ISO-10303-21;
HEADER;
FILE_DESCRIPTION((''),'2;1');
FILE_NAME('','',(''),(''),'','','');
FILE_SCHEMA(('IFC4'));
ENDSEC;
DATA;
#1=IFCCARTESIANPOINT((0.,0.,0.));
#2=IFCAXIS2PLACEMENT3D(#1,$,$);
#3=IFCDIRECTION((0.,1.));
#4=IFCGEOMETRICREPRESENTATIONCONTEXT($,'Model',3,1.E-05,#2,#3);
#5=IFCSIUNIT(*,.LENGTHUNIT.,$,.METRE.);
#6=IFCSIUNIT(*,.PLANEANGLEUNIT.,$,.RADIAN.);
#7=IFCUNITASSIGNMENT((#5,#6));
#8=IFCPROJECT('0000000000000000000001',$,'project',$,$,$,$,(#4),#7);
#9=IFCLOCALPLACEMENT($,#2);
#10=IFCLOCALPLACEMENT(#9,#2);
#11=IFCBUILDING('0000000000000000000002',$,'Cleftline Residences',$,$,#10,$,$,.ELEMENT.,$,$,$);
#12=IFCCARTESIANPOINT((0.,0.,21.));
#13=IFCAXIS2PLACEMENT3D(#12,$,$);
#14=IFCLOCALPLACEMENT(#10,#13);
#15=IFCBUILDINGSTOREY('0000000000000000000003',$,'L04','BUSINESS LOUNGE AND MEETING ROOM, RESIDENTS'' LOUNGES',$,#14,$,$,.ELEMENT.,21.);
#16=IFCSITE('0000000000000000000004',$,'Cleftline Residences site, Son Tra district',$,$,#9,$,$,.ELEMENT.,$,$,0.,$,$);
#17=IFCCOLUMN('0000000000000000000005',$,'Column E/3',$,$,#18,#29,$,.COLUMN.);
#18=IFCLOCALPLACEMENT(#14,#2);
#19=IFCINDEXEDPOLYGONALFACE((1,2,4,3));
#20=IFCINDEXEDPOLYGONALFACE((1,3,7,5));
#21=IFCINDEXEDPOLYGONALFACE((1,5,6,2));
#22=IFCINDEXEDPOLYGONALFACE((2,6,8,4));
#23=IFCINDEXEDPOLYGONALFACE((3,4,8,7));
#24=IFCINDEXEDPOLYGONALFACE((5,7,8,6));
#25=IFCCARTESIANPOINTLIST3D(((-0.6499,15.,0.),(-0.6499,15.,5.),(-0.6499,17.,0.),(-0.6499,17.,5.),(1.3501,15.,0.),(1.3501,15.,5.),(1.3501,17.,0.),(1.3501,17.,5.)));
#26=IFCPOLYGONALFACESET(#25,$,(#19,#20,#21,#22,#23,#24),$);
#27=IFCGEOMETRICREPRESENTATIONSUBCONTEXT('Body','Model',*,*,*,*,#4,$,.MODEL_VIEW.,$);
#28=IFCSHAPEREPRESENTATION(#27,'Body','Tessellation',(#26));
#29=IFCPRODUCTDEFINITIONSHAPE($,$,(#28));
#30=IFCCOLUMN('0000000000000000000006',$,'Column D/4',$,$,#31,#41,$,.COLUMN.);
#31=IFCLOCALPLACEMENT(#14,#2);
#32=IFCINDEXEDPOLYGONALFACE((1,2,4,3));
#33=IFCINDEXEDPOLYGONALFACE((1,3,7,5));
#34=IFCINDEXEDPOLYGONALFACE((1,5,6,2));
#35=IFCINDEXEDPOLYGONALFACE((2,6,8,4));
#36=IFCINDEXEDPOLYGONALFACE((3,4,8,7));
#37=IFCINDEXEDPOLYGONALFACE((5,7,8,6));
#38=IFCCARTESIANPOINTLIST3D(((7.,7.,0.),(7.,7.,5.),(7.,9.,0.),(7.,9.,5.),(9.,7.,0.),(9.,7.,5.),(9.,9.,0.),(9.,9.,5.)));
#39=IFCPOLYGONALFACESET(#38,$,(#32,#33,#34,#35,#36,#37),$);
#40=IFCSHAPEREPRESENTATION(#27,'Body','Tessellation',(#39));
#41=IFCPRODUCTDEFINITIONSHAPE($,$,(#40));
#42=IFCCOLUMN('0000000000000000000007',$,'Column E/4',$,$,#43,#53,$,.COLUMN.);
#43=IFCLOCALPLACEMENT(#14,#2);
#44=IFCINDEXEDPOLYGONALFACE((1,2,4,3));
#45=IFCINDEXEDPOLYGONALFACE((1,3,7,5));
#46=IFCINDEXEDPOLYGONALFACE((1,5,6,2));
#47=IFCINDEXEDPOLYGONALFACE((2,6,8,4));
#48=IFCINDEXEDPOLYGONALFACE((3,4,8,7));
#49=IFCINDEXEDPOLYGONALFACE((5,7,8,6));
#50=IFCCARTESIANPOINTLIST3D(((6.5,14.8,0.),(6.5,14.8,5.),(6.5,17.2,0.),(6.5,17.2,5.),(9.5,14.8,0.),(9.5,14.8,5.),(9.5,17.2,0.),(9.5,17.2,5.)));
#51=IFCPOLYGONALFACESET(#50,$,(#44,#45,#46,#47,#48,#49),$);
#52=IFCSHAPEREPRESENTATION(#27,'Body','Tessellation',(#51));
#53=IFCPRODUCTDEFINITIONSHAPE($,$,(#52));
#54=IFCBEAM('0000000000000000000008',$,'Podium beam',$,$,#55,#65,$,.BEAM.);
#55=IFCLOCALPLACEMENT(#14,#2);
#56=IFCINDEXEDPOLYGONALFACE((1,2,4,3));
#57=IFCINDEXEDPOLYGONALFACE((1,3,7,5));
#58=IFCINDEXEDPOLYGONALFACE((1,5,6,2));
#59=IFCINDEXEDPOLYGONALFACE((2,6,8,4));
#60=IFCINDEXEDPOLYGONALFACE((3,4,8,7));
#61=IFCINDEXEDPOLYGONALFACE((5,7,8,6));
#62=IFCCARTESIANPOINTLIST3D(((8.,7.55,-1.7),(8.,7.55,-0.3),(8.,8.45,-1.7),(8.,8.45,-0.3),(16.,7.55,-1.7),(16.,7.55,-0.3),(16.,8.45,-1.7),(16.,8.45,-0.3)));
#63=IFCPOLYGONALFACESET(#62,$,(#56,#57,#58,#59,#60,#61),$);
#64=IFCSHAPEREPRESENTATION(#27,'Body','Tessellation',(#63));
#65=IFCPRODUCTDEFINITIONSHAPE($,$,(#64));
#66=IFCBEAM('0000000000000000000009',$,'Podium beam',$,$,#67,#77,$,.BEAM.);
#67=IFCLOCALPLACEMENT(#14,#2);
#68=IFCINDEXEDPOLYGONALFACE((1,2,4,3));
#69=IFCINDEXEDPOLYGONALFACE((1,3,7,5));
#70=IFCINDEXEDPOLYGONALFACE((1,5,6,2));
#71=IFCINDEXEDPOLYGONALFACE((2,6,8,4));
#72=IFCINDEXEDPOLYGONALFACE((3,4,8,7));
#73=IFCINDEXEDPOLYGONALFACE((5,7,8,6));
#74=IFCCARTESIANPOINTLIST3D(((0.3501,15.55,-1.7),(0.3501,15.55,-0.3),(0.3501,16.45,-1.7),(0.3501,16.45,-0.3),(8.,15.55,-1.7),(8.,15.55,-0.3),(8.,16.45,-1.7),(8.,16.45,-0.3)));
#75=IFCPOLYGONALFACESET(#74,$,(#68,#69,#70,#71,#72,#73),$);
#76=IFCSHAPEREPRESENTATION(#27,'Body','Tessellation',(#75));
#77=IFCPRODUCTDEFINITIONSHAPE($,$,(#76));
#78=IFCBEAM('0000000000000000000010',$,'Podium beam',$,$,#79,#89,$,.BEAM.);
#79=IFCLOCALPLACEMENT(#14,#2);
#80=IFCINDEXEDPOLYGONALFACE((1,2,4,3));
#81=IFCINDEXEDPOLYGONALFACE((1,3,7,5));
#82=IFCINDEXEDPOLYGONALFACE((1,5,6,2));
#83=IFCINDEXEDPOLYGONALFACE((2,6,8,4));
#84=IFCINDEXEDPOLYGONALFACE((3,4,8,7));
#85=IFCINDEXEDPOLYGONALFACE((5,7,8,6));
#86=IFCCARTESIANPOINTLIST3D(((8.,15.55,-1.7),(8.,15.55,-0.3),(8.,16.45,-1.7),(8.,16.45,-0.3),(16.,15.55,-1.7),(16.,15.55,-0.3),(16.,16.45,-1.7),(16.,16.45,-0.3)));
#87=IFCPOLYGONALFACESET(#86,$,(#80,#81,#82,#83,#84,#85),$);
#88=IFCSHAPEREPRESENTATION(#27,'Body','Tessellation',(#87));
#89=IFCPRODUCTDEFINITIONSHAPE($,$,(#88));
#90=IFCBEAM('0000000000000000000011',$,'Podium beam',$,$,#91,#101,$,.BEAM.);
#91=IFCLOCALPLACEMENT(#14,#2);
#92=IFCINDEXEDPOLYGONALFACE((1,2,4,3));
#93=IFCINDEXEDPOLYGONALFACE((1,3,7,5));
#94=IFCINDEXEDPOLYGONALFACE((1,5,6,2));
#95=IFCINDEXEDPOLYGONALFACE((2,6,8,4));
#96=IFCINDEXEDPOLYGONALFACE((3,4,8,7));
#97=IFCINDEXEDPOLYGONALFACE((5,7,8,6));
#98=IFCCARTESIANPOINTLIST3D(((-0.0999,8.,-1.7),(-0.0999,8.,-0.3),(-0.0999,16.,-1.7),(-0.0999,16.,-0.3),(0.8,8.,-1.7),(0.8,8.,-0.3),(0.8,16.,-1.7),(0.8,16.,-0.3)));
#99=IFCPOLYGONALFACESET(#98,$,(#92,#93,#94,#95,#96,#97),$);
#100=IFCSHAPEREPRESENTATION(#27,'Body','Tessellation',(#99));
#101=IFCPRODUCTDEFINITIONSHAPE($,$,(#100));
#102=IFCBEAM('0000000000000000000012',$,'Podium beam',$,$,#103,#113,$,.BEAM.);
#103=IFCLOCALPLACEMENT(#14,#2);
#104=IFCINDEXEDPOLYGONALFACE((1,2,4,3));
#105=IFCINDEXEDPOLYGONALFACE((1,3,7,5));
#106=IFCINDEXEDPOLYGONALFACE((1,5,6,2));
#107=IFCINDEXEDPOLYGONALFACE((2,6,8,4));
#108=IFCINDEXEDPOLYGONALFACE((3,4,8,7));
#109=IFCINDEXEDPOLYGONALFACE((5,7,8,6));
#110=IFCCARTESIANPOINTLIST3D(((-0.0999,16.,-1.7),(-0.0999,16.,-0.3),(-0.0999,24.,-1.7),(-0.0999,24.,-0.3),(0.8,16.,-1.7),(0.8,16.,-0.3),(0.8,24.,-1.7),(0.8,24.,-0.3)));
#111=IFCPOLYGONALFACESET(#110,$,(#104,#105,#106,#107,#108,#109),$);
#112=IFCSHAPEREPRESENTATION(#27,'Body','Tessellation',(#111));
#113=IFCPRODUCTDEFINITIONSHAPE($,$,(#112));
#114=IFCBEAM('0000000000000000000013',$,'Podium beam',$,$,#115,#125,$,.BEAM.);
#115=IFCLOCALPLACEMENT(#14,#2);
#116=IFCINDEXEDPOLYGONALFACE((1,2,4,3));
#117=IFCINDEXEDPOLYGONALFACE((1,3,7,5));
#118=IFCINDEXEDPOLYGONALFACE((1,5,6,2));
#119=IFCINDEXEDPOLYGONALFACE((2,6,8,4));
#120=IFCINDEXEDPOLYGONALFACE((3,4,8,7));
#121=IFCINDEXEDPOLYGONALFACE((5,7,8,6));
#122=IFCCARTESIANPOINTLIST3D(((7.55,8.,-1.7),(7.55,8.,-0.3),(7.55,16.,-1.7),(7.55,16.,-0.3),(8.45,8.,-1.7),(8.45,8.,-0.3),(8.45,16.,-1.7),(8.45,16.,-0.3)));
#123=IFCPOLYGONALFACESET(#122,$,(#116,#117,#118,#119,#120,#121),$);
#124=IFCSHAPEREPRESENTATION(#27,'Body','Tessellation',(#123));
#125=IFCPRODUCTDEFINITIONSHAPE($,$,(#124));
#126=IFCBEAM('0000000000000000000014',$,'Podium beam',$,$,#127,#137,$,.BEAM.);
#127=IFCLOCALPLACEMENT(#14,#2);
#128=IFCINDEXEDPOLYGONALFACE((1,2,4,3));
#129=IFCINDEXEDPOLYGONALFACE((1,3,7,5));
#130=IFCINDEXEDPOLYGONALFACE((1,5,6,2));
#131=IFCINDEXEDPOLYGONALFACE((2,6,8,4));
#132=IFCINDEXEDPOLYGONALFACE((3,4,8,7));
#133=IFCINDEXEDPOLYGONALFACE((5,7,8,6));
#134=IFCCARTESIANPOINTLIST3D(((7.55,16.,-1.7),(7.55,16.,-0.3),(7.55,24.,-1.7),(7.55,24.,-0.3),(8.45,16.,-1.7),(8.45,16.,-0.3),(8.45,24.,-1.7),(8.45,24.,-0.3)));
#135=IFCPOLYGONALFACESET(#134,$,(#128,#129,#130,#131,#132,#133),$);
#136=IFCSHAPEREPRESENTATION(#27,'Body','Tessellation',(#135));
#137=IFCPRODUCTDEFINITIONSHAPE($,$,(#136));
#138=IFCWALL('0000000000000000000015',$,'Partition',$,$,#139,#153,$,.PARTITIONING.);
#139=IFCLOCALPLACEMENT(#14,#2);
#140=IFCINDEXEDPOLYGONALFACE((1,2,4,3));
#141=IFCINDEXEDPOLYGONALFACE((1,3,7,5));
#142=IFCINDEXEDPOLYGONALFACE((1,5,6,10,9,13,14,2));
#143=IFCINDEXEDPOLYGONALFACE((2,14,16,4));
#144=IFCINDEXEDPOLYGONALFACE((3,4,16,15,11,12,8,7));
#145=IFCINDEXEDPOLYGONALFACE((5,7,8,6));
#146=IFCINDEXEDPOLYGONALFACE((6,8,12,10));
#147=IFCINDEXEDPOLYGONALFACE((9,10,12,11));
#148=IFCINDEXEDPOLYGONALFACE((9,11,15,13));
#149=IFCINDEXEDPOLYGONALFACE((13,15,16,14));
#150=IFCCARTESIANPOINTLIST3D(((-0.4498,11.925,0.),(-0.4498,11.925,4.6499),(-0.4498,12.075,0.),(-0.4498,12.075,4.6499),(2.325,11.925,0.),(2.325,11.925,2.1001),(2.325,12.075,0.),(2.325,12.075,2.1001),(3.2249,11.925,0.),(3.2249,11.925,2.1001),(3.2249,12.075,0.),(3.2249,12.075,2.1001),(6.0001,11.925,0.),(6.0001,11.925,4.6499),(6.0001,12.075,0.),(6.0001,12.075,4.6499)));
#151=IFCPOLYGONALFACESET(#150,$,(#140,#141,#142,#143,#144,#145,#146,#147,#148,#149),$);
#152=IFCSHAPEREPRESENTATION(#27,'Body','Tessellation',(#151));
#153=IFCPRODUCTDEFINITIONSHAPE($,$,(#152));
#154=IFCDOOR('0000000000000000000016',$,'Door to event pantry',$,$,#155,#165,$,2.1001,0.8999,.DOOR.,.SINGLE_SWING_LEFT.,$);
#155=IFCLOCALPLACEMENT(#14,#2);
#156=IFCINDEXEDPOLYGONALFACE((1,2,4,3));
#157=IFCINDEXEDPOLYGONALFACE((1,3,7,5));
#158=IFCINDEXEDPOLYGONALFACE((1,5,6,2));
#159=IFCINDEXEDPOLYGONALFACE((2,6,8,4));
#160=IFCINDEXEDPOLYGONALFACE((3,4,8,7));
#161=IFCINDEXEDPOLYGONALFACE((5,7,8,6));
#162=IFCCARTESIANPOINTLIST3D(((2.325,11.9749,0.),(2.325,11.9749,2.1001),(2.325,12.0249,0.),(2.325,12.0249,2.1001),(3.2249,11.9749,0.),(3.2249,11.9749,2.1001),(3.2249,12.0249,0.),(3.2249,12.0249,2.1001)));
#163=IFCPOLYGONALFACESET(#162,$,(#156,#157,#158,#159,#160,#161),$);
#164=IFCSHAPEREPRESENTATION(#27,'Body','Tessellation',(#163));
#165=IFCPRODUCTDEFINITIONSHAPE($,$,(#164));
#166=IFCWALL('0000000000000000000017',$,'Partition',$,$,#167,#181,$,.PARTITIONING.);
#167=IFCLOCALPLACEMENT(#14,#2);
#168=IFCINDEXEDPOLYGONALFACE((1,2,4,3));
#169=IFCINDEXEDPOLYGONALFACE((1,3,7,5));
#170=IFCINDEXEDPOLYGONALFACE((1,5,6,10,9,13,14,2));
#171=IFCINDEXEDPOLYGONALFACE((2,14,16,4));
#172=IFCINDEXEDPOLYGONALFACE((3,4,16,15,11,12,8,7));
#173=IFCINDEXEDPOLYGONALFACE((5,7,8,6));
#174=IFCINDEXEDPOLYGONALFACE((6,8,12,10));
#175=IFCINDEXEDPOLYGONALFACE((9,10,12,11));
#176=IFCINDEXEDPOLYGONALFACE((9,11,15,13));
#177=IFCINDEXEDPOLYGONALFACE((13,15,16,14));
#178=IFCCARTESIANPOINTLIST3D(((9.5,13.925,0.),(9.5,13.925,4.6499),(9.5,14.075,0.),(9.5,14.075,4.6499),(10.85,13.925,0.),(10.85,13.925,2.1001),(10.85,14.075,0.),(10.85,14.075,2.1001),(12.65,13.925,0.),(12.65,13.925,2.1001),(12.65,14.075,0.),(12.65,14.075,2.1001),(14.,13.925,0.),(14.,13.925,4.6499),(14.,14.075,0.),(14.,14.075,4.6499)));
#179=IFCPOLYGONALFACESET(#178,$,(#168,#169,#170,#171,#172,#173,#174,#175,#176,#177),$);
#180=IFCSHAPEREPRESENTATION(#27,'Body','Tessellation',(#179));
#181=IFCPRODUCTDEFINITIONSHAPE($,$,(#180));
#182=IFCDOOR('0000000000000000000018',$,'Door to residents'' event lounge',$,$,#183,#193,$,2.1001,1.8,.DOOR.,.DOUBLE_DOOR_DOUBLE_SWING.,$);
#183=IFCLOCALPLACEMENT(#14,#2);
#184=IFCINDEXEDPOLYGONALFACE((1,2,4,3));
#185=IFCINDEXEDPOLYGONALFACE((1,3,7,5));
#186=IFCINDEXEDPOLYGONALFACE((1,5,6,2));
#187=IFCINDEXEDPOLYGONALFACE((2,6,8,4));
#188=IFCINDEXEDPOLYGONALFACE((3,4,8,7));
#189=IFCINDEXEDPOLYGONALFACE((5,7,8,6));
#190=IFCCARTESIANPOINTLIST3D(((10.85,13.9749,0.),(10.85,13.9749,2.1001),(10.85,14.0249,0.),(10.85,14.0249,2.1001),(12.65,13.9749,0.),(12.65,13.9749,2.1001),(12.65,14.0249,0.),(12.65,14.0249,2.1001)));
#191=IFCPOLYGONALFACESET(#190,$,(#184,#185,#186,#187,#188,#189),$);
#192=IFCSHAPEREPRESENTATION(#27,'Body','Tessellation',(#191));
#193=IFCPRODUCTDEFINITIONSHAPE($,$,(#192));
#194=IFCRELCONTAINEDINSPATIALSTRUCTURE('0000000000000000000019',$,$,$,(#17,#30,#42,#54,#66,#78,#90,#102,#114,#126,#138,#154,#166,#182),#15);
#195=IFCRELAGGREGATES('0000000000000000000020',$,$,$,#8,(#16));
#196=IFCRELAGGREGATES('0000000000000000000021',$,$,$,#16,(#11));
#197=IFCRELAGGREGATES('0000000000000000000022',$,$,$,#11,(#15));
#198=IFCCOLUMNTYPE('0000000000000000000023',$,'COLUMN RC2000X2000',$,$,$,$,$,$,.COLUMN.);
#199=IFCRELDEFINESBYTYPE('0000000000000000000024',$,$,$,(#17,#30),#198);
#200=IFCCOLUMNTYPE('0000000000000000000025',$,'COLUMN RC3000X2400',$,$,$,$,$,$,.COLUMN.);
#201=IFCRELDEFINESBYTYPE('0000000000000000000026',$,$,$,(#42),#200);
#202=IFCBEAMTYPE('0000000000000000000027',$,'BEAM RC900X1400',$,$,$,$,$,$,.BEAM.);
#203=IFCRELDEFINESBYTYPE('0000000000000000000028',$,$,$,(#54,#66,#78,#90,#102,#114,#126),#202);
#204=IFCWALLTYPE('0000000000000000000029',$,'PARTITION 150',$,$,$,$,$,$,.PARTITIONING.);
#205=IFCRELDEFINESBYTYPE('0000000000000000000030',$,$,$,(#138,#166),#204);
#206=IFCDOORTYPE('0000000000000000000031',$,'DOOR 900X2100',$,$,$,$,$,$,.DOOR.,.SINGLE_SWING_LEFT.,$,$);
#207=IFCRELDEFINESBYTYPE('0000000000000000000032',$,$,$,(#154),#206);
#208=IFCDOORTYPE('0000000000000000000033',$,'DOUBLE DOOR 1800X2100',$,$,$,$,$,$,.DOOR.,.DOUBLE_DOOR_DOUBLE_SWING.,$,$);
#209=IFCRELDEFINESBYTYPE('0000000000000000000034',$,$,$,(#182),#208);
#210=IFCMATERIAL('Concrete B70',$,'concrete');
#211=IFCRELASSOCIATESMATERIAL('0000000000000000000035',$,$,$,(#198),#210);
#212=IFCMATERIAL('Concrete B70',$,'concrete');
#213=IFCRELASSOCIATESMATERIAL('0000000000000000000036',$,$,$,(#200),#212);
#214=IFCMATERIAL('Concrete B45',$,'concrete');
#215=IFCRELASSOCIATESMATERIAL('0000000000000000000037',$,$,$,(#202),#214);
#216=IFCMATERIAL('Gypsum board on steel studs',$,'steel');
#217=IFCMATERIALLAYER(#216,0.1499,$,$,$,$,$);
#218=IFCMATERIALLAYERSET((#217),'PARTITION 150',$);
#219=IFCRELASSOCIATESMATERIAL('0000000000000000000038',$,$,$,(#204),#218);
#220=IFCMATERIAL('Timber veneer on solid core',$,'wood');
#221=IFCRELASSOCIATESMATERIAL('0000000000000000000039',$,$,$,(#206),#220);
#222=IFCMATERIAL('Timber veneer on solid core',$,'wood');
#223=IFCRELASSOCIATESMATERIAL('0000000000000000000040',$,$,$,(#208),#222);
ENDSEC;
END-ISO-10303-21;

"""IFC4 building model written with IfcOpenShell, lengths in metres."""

from ifc_helpers import new_model, si_unit, direction, frame, frame_2d, origin, origin_2d, place, context, subcontext, project, spatial, rectangle, extrude, material, layer, layer_set, material_profile, profile_set, type_object, element, fill, save


model = new_model("IFC4")

# Units and contexts
model_context = context("Model", 3, precision=1e-05, world=origin(), true_north=direction((0.0, 1.0)))
body_context = subcontext(model_context, "Body", "Model", "MODEL_VIEW")
ifc_project = project(units=[si_unit("LENGTHUNIT", "METRE"), si_unit("PLANEANGLEUNIT", "RADIAN")], contexts=[model_context])

# Site, building, storey
site_placement = place(None, origin())
site = spatial("IfcSite", under=ifc_project, at=site_placement, Name="Cleftline Residences site, Son Tra district", CompositionType="ELEMENT", RefElevation=0.0)
building_placement = place(site_placement, origin())
building = spatial("IfcBuilding", under=site, at=building_placement, Name="Cleftline Residences", CompositionType="ELEMENT")
storey_placement = place(building_placement, frame((0.0, 0.0, 21.0)))
storey = spatial("IfcBuildingStorey", under=building, at=storey_placement, Name="L04", Description="BUSINESS LOUNGE AND MEETING ROOM, RESIDENTS' LOUNGES", CompositionType="ELEMENT", Elevation=21.0)

# Columns
ifc_material_1 = material(Name="Concrete B70", Category="concrete")
ifc_material_profile_1 = material_profile(ifc_material_1, rectangle(XDim=2.0, YDim=2.0, at=origin_2d()))
ifc_profile_set_1 = profile_set([ifc_material_profile_1], Name="Concrete B70")
column_type_1 = type_object("IfcColumnType", Name="COLUMN RC2000X2000", PredefinedType="COLUMN", material=ifc_profile_set_1)
for number, where, z_axis, x_axis, name in (
    (1, (0.3501, 16.0, 0.0), (0.0, 0.0, 1.0), (1.0, 0.0, 0.0), "Column E/3"),
    (2, (8.0, 8.0, 0.0), (0.0, 0.0, 1.0), (1.0, 0.0, 0.0), "Column D/4"),
):
    element("IfcColumn", number, at=place(storey_placement, frame(where, z_axis=z_axis, x_axis=x_axis)), inside=storey, type_object=column_type_1, Name=name, PredefinedType="COLUMN", context=body_context, shape_type="SweptSolid", body=[
        extrude(rectangle(XDim=2.0, YDim=2.0, at=origin_2d()), origin(), (0.0, 0.0, 1.0), 5.0),
    ])
ifc_material_2 = material(Name="Concrete B70", Category="concrete")
ifc_material_profile_2 = material_profile(ifc_material_2, rectangle(XDim=3.0, YDim=2.3999, at=origin_2d()))
ifc_profile_set_2 = profile_set([ifc_material_profile_2], Name="Concrete B70")
column_type_2 = type_object("IfcColumnType", Name="COLUMN RC3000X2400", PredefinedType="COLUMN", material=ifc_profile_set_2)
column_placement = place(storey_placement, frame((8.0, 16.0, 0.0), z_axis=(0.0, 0.0, 1.0), x_axis=(1.0, 0.0, 0.0)))
element("IfcColumn", 3, at=column_placement, inside=storey, type_object=column_type_2, Name="Column E/4", PredefinedType="COLUMN", context=body_context, shape_type="SweptSolid", body=[
    extrude(rectangle(XDim=3.0, YDim=2.3999, at=origin_2d()), origin(), (0.0, 0.0, 1.0), 5.0),
])

# Beams
ifc_material_3 = material(Name="Concrete B45", Category="concrete")
ifc_material_profile_3 = material_profile(ifc_material_3, rectangle(XDim=0.8999, YDim=1.3999, at=origin_2d()))
ifc_profile_set_3 = profile_set([ifc_material_profile_3], Name="Concrete B45")
beam_type = type_object("IfcBeamType", Name="BEAM RC900X1400", PredefinedType="BEAM", material=ifc_profile_set_3)
beam_1_placement = place(storey_placement, frame((8.0, 8.0, -1.0), z_axis=(1.0, 0.0, 0.0), x_axis=(0.0, 1.0, 0.0)))
element("IfcBeam", 4, at=beam_1_placement, inside=storey, type_object=beam_type, Name="Podium beam", PredefinedType="BEAM", context=body_context, shape_type="SweptSolid", body=[
    extrude(rectangle(XDim=0.8999, YDim=1.3999, at=origin_2d()), origin(), (0.0, 0.0, 1.0), 8.0),
])
beam_2_placement = place(storey_placement, frame((0.3501, 16.0, -1.0), z_axis=(1.0, 0.0, 0.0), x_axis=(0.0, 1.0, 0.0)))
element("IfcBeam", 5, at=beam_2_placement, inside=storey, type_object=beam_type, Name="Podium beam", PredefinedType="BEAM", context=body_context, shape_type="SweptSolid", body=[
    extrude(rectangle(XDim=0.8999, YDim=1.3999, at=origin_2d()), origin(), (0.0, 0.0, 1.0), 7.6499),
])
for number, where, z_axis, x_axis, name in (
    (6, (8.0, 16.0, -1.0), (1.0, 0.0, 0.0), (0.0, 1.0, 0.0), "Podium beam"),
    (7, (0.3501, 8.0, -1.0), (0.0, 1.0, 0.0), (-1.0, 0.0, 0.0), "Podium beam"),
    (8, (0.3501, 16.0, -1.0), (0.0, 1.0, 0.0), (-1.0, 0.0, 0.0), "Podium beam"),
    (9, (8.0, 8.0, -1.0), (0.0, 1.0, 0.0), (-1.0, 0.0, 0.0), "Podium beam"),
    (10, (8.0, 16.0, -1.0), (0.0, 1.0, 0.0), (-1.0, 0.0, 0.0), "Podium beam"),
):
    element("IfcBeam", number, at=place(storey_placement, frame(where, z_axis=z_axis, x_axis=x_axis)), inside=storey, type_object=beam_type, Name=name, PredefinedType="BEAM", context=body_context, shape_type="SweptSolid", body=[
        extrude(rectangle(XDim=0.8999, YDim=1.3999, at=origin_2d()), origin(), (0.0, 0.0, 1.0), 8.0),
    ])

# Walls, openings, doors
ifc_material_4 = material(Name="Gypsum board on steel studs", Category="steel")
ifc_layer_1 = layer(ifc_material_4, 0.1499)
ifc_layer_set_1 = layer_set([ifc_layer_1], Name="PARTITION 150")
wall_type_1 = type_object("IfcWallType", Name="PARTITION 150", PredefinedType="PARTITIONING", material=ifc_layer_set_1)
wall_1_placement = place(storey_placement, frame((-0.45, 12.0, 0.0), z_axis=(0.0, 0.0, 1.0), x_axis=(1.0, 0.0, 0.0)))
wall_1 = element("IfcWall", 11, at=wall_1_placement, inside=storey, type_object=wall_type_1, Name="Partition", PredefinedType="PARTITIONING", context=body_context, shape_type="SweptSolid", body=[
    extrude(rectangle(XDim=6.45, YDim=0.1499, at=frame_2d((3.2251, 0.0))), origin(), (0.0, 0.0, 1.0), 4.6499),
])
opening_1_placement = place(wall_1_placement, frame((2.7749, 0.0, 0.0)))
opening_1 = element("IfcOpeningElement", 12, at=opening_1_placement, cuts=wall_1, PredefinedType="OPENING", context=body_context, shape_type="SweptSolid", body=[
    extrude(rectangle(XDim=0.8999, YDim=2.1001, at=frame_2d((0.45, 1.05))), frame((0.0, 0.085, 0.0), z_axis=(0.0, -1.0, 0.0), x_axis=(1.0, 0.0, 0.0)), (0.0, 0.0, 1.0), 0.1699),
])
ifc_material_5 = material(Name="Timber veneer on solid core", Category="wood")
door_type_1 = type_object("IfcDoorType", Name="DOOR 900X2100", OperationType="SINGLE_SWING_LEFT", PredefinedType="DOOR", material=ifc_material_5)
door_1_placement = place(opening_1_placement, origin())
door_1 = element("IfcDoor", 13, at=door_1_placement, inside=storey, type_object=door_type_1, Name="Door to event pantry", OperationType="SINGLE_SWING_LEFT", OverallHeight=2.1001, OverallWidth=0.8999, PredefinedType="DOOR", context=body_context, shape_type="SweptSolid", body=[
    extrude(rectangle(XDim=0.8999, YDim=2.1001, at=frame_2d((0.45, 1.05))), frame((0.0, 0.0249, 0.0), z_axis=(0.0, -1.0, 0.0), x_axis=(1.0, 0.0, 0.0)), (0.0, 0.0, 1.0), 0.05),
])
fill(opening_1, door_1)
wall_2_placement = place(storey_placement, frame((9.5, 14.0, 0.0), z_axis=(0.0, 0.0, 1.0), x_axis=(1.0, 0.0, 0.0)))
wall_2 = element("IfcWall", 14, at=wall_2_placement, inside=storey, type_object=wall_type_1, Name="Partition", PredefinedType="PARTITIONING", context=body_context, shape_type="SweptSolid", body=[
    extrude(rectangle(XDim=4.5, YDim=0.1499, at=frame_2d((2.25, 0.0))), origin(), (0.0, 0.0, 1.0), 4.6499),
])
opening_2_placement = place(wall_2_placement, frame((1.3501, 0.0, 0.0)))
opening_2 = element("IfcOpeningElement", 15, at=opening_2_placement, cuts=wall_2, PredefinedType="OPENING", context=body_context, shape_type="SweptSolid", body=[
    extrude(rectangle(XDim=1.8, YDim=2.1001, at=frame_2d((0.8999, 1.05))), frame((0.0, 0.085, 0.0), z_axis=(0.0, -1.0, 0.0), x_axis=(1.0, 0.0, 0.0)), (0.0, 0.0, 1.0), 0.1699),
])
ifc_material_6 = material(Name="Timber veneer on solid core", Category="wood")
door_type_2 = type_object("IfcDoorType", Name="DOUBLE DOOR 1800X2100", OperationType="DOUBLE_DOOR_DOUBLE_SWING", PredefinedType="DOOR", material=ifc_material_6)
door_2_placement = place(opening_2_placement, origin())
door_2 = element("IfcDoor", 16, at=door_2_placement, inside=storey, type_object=door_type_2, Name="Door to residents' event lounge", OperationType="DOUBLE_DOOR_DOUBLE_SWING", OverallHeight=2.1001, OverallWidth=1.8, PredefinedType="DOOR", context=body_context, shape_type="SweptSolid", body=[
    extrude(rectangle(XDim=1.8, YDim=2.1001, at=frame_2d((0.8999, 1.05))), frame((0.0, 0.0249, 0.0), z_axis=(0.0, -1.0, 0.0), x_axis=(1.0, 0.0, 0.0)), (0.0, 0.0, 1.0), 0.05),
])
fill(opening_2, door_2)

save(model, "model.ifc")
